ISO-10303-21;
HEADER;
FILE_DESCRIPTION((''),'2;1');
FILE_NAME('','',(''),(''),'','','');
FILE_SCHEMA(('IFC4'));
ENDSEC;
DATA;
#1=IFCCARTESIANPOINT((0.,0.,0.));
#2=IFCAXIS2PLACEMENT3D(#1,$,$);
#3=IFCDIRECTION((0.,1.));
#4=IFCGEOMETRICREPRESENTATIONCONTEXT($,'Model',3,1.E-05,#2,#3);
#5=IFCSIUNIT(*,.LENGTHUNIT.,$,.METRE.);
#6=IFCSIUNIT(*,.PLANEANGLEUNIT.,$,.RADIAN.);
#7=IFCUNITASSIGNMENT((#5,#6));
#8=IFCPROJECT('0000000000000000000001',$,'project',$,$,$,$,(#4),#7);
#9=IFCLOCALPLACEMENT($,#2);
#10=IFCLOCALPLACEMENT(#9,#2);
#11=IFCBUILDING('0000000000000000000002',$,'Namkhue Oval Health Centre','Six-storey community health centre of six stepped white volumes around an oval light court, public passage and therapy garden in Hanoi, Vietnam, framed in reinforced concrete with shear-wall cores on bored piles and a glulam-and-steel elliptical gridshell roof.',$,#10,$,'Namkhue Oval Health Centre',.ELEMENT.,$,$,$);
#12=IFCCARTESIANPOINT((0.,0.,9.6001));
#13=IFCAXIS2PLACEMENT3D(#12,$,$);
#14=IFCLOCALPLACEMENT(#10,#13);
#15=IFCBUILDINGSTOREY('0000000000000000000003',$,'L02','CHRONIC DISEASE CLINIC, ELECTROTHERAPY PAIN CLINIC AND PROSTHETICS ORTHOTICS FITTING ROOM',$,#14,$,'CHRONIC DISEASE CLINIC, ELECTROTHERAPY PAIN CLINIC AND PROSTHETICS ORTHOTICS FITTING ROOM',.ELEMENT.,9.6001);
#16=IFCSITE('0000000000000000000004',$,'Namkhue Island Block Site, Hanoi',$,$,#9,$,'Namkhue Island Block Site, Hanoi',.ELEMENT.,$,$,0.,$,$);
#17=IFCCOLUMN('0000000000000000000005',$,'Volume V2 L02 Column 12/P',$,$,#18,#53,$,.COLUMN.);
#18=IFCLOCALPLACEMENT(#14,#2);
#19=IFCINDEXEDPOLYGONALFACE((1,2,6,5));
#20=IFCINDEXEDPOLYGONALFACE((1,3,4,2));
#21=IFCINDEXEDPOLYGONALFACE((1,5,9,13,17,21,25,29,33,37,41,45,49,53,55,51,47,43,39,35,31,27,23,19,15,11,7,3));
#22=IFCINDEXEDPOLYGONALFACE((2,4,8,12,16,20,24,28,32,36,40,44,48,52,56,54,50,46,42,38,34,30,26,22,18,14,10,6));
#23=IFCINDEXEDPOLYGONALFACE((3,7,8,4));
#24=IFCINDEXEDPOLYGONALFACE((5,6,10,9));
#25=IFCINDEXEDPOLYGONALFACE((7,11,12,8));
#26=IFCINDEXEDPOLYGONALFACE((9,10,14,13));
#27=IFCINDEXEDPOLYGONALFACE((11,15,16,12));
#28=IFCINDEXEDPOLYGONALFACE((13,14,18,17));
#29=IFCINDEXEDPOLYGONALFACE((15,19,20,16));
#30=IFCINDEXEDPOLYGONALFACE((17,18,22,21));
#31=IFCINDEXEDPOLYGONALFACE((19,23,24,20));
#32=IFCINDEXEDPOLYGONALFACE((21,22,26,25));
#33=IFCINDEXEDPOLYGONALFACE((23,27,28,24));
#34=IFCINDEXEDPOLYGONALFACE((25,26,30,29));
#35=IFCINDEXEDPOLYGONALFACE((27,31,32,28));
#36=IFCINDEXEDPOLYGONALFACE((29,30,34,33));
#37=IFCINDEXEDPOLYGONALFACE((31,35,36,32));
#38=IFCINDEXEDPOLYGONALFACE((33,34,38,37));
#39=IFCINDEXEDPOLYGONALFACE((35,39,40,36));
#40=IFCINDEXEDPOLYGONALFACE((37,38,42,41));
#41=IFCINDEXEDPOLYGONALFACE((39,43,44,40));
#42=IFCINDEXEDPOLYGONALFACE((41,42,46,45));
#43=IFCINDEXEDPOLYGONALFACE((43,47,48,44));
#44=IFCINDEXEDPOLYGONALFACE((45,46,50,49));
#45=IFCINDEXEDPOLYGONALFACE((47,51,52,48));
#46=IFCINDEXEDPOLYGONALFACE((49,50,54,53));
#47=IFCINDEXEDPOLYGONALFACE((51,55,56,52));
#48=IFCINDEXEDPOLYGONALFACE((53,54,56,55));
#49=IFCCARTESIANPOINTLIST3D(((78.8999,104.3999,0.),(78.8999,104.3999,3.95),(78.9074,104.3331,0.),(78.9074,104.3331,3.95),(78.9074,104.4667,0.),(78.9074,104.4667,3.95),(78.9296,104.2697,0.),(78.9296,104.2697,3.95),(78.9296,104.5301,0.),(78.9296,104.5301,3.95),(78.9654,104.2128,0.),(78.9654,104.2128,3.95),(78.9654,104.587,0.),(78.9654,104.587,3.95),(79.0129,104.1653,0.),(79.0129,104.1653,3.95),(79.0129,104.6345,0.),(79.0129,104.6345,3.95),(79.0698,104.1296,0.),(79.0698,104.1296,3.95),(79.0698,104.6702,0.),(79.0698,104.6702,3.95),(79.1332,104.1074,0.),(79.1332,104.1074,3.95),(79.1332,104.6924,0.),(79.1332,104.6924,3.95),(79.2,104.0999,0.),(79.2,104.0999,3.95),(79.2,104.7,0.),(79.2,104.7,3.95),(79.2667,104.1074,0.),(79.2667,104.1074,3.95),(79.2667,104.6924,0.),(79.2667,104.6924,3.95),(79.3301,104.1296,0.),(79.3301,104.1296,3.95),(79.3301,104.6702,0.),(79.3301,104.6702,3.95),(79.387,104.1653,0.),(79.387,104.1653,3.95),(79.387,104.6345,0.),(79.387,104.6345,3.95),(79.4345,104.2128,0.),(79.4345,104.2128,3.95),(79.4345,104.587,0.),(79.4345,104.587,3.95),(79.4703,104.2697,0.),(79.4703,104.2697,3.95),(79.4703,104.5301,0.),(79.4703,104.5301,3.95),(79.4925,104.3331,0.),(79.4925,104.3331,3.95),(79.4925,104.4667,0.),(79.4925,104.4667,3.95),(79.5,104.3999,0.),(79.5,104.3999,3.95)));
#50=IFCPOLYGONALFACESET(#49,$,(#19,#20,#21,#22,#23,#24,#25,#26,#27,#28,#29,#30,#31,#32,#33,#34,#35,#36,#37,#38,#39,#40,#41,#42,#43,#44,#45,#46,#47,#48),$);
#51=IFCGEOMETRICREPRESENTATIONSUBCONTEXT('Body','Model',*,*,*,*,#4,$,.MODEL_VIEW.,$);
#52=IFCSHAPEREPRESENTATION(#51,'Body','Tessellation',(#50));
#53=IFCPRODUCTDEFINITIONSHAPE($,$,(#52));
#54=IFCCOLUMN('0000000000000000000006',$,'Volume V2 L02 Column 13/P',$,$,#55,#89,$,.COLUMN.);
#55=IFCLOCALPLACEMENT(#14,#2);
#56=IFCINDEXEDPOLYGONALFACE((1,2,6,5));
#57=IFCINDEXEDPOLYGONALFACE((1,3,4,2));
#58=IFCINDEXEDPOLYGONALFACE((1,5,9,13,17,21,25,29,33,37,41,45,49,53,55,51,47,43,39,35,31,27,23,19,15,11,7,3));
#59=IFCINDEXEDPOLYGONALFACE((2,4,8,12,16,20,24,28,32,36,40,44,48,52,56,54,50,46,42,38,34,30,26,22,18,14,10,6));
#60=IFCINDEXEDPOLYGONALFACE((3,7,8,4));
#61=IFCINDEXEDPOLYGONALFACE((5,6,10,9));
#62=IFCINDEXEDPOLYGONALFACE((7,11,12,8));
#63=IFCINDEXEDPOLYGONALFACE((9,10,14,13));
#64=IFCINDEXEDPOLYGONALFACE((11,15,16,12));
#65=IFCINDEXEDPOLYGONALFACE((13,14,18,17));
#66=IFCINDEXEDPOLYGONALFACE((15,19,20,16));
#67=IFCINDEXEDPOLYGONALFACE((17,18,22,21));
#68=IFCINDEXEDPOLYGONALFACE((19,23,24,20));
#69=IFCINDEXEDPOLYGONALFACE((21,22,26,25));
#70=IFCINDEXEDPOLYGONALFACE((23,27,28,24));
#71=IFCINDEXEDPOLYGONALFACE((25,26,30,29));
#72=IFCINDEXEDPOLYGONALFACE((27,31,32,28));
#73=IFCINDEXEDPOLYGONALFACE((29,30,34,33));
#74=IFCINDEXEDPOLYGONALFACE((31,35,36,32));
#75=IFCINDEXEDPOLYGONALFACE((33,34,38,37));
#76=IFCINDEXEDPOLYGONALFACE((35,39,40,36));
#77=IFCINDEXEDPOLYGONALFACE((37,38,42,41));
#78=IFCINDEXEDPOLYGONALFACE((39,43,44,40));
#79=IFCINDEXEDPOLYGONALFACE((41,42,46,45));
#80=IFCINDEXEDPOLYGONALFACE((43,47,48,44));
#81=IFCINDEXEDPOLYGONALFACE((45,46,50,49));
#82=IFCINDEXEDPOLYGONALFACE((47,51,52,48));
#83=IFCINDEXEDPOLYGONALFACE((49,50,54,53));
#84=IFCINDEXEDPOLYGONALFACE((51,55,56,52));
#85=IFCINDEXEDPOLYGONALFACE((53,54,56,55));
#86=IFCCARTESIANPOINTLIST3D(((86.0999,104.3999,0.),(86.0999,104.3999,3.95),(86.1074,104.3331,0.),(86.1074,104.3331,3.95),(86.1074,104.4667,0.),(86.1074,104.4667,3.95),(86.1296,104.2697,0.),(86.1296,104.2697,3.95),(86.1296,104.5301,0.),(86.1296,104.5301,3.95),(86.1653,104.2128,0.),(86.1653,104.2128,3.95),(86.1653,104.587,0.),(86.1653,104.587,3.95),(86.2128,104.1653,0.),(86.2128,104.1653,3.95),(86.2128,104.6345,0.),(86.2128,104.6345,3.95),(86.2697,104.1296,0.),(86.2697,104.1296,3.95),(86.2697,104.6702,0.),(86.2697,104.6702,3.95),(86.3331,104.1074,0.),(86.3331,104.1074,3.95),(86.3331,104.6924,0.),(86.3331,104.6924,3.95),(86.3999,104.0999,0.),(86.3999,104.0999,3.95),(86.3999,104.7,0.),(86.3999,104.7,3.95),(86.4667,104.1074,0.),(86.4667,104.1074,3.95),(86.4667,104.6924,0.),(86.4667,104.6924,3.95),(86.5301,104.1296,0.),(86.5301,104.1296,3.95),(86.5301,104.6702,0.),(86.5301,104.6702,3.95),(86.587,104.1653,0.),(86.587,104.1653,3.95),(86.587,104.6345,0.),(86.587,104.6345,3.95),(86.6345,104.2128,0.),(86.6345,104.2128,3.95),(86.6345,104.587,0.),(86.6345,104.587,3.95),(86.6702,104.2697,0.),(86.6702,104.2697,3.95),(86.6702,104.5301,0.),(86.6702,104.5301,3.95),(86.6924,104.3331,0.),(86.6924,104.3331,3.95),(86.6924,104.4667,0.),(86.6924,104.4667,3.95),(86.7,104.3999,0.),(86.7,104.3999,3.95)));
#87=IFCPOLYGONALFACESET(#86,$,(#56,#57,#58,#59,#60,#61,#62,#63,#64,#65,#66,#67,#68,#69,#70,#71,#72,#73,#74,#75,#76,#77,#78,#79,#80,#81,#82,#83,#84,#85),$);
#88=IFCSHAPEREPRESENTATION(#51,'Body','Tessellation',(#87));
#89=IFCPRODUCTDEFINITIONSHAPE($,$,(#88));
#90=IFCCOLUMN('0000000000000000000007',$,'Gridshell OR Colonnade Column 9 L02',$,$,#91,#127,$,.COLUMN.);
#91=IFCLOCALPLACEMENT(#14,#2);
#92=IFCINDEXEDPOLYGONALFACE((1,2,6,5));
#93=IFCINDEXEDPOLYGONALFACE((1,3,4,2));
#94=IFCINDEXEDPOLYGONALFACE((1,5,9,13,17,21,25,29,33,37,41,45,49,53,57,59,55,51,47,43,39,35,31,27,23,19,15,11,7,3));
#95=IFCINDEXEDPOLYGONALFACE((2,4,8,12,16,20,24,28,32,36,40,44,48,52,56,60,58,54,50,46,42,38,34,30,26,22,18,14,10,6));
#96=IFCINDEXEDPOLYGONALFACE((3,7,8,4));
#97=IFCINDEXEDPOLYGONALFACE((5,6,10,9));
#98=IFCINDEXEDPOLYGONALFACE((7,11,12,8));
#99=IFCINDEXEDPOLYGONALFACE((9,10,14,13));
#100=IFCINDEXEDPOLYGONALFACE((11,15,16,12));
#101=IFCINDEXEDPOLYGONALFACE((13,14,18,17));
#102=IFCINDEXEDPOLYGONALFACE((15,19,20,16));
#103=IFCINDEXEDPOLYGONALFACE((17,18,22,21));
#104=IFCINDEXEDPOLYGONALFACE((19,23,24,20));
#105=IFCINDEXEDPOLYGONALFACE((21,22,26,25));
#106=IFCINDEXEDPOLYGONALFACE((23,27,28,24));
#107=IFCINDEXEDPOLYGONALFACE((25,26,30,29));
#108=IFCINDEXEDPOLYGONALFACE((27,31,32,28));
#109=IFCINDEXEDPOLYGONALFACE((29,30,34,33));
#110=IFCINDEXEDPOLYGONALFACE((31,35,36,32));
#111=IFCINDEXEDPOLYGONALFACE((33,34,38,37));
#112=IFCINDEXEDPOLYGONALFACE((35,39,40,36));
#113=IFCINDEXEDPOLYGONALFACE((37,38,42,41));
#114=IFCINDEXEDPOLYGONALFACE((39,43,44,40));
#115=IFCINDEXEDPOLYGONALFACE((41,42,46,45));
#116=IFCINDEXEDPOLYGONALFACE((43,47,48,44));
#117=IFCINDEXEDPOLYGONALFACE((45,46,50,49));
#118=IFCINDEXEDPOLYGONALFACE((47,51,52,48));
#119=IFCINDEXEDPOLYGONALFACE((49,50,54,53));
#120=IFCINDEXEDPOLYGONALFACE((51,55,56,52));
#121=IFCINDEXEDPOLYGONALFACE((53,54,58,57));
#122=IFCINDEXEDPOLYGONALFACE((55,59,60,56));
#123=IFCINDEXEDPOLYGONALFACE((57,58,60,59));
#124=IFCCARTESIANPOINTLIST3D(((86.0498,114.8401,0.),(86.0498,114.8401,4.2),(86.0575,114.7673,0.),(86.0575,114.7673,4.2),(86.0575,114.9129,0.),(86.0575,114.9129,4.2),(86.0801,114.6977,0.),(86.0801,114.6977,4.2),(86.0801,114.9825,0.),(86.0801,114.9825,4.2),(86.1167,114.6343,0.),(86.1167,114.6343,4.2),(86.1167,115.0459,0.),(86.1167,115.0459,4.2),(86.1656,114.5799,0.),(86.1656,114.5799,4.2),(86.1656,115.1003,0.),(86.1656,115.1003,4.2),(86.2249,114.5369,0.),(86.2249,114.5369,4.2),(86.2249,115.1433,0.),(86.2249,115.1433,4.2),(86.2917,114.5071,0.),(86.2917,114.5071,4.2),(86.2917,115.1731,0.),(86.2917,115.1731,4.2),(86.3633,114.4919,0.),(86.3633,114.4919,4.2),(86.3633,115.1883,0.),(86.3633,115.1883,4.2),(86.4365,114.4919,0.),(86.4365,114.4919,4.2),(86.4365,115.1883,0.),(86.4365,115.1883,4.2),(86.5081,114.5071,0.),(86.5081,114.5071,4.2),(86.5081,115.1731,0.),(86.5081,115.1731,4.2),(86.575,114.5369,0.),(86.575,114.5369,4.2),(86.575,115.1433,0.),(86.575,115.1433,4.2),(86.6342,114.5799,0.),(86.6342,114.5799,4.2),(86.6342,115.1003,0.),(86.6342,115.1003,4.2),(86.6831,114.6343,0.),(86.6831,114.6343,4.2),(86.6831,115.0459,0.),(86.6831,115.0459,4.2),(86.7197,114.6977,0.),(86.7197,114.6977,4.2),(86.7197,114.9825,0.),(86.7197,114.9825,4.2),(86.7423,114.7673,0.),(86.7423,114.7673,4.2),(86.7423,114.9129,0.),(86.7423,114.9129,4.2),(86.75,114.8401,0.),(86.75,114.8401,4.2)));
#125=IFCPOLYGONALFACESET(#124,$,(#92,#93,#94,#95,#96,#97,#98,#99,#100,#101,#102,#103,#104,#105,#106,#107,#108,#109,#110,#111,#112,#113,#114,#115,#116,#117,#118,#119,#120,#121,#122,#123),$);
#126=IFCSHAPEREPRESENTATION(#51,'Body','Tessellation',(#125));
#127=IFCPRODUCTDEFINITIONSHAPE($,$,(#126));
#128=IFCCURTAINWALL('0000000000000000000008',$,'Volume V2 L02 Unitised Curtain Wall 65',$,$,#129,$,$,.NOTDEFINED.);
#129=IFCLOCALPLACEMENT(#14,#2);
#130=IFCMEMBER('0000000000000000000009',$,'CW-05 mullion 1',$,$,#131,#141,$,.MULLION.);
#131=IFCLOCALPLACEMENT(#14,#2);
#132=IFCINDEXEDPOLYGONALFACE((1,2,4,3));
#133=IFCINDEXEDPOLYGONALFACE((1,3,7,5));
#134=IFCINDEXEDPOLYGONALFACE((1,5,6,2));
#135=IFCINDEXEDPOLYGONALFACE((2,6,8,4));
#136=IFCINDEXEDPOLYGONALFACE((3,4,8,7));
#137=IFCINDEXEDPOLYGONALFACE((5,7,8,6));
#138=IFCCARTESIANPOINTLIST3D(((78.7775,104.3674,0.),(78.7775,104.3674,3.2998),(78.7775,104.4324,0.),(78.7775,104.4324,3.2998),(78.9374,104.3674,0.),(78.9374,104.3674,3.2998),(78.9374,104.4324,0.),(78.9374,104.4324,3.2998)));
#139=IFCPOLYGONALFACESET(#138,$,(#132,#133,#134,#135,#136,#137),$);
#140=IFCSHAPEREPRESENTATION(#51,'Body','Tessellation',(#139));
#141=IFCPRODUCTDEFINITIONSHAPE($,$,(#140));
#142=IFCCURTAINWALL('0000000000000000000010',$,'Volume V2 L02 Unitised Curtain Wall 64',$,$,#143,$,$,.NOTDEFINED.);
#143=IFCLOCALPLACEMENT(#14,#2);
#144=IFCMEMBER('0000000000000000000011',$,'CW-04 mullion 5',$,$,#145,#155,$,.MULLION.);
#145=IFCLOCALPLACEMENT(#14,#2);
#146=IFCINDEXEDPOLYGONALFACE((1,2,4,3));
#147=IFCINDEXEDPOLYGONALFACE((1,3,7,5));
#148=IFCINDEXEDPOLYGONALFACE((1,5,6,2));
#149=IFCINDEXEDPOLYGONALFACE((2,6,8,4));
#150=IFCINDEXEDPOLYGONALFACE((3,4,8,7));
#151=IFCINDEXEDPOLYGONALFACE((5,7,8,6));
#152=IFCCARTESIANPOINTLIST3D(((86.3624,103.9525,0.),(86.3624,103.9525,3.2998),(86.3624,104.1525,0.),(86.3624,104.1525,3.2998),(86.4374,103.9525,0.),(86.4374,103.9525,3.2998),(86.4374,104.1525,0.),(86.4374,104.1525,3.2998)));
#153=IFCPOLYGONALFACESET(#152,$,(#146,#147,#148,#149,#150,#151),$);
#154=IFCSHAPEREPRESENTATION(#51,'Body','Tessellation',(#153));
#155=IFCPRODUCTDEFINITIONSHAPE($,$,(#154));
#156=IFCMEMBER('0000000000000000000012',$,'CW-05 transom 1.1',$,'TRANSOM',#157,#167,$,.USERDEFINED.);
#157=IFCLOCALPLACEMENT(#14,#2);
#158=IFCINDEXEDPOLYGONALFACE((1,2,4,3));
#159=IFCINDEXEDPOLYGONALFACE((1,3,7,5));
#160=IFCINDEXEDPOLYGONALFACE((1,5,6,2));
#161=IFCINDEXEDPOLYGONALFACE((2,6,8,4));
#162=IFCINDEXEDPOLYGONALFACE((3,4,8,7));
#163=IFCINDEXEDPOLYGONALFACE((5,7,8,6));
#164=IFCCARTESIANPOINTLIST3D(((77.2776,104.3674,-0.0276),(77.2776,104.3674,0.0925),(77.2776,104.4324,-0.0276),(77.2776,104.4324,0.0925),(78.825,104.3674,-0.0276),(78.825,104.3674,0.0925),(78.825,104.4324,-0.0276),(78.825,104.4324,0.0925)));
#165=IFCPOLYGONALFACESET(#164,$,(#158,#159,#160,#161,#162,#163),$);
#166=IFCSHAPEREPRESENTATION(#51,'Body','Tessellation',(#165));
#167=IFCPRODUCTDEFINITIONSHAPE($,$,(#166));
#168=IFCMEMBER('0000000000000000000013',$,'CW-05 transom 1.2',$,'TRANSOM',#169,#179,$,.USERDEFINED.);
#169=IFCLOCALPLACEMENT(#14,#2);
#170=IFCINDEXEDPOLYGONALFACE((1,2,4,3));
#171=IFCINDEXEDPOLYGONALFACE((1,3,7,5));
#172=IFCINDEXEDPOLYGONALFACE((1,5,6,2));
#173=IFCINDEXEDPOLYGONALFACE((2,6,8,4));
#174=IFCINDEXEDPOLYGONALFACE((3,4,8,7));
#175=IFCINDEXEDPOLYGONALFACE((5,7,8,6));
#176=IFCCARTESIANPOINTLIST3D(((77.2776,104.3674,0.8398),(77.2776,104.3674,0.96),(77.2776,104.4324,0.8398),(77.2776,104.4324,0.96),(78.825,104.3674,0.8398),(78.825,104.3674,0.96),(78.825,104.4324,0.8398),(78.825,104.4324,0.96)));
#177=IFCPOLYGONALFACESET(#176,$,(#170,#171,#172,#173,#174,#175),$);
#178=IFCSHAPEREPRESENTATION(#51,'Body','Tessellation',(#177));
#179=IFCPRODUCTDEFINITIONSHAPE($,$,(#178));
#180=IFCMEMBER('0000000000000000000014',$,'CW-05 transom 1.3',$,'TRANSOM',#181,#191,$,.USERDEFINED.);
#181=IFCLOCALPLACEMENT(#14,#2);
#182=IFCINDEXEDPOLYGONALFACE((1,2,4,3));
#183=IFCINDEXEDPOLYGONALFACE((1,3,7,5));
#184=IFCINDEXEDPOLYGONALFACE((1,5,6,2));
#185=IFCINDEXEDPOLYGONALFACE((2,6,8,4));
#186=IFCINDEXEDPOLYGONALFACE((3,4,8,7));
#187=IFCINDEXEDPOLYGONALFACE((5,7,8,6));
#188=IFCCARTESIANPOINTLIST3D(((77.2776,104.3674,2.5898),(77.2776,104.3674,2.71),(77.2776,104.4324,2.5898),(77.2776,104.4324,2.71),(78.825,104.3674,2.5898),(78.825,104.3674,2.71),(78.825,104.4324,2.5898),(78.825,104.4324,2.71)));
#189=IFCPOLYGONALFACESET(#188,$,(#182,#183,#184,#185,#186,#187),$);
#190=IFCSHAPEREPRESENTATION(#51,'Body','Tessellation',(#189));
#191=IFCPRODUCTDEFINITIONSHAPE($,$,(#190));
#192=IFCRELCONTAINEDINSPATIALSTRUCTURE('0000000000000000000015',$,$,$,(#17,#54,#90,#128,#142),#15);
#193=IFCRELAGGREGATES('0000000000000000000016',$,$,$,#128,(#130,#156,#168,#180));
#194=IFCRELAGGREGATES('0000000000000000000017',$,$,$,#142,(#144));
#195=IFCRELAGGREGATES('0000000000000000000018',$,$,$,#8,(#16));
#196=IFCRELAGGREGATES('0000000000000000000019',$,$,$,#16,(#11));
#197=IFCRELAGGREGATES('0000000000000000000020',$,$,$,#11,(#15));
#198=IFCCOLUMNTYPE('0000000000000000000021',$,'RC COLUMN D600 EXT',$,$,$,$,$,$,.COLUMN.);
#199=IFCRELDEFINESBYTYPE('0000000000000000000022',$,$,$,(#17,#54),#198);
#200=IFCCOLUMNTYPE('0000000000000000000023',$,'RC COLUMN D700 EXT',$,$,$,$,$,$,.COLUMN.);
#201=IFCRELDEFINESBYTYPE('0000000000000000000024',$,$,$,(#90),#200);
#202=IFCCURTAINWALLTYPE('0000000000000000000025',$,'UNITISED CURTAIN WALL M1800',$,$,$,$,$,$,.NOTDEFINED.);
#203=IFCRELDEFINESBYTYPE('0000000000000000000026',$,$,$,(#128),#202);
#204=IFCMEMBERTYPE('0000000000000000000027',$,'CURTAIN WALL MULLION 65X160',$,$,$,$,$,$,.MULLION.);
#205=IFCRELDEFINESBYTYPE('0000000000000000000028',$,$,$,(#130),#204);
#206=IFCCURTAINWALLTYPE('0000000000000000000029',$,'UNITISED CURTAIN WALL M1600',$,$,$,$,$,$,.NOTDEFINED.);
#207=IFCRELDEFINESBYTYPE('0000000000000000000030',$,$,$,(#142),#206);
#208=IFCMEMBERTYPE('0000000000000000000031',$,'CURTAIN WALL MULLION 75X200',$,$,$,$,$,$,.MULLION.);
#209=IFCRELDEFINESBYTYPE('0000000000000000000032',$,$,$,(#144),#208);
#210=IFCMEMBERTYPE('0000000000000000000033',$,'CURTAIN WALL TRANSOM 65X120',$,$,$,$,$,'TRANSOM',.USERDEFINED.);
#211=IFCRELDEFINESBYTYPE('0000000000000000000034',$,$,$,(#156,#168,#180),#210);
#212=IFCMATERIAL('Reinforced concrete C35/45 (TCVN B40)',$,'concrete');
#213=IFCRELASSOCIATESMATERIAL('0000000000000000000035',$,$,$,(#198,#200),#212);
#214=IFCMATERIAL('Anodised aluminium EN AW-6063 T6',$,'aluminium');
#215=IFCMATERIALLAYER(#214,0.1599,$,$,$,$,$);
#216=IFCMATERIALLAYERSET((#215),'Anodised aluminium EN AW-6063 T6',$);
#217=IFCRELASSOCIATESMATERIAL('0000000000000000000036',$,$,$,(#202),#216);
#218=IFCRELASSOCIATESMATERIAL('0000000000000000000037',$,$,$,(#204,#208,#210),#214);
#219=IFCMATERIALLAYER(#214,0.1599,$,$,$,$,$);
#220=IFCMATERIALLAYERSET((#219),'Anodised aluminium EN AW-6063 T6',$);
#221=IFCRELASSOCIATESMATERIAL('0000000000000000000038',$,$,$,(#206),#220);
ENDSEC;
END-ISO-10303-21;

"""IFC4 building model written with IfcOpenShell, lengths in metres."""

from ifc_helpers import new_model, si_unit, direction, frame, origin, origin_2d, place, context, subcontext, project, spatial, rectangle, circle, extrude, material, layer, layer_set, material_profile, profile_set, type_object, element, aggregate, save


model = new_model("IFC4")

# Units and contexts
model_context = context("Model", 3, precision=1e-05, world=origin(), true_north=direction((0.0, 1.0)))
body_context = subcontext(model_context, "Body", "Model", "MODEL_VIEW")
ifc_project = project(units=[si_unit("LENGTHUNIT", "METRE"), si_unit("PLANEANGLEUNIT", "RADIAN")], contexts=[model_context])

# Site, building, storey
site_placement = place(None, origin())
site = spatial("IfcSite", under=ifc_project, at=site_placement, Name="Namkhue Island Block Site, Hanoi", LongName="Namkhue Island Block Site, Hanoi", CompositionType="ELEMENT", RefElevation=0.0)
building_placement = place(site_placement, origin())
building = spatial("IfcBuilding", under=site, at=building_placement, Name="Namkhue Oval Health Centre", Description="Six-storey community health centre of six stepped white volumes around an oval light court, public passage and therapy garden in Hanoi, Vietnam, framed in reinforced concrete with shear-wall cores on bored piles and a glulam-and-steel elliptical gridshell roof.", LongName="Namkhue Oval Health Centre", CompositionType="ELEMENT")
storey_placement = place(building_placement, frame((0.0, 0.0, 9.6001)))
storey = spatial("IfcBuildingStorey", under=building, at=storey_placement, Name="L02", Description="CHRONIC DISEASE CLINIC, ELECTROTHERAPY PAIN CLINIC AND PROSTHETICS ORTHOTICS FITTING ROOM", LongName="CHRONIC DISEASE CLINIC, ELECTROTHERAPY PAIN CLINIC AND PROSTHETICS ORTHOTICS FITTING ROOM", CompositionType="ELEMENT", Elevation=9.6001)

# Columns
ifc_material_1 = material(Name="Reinforced concrete C35/45 (TCVN B40)", Category="concrete")
ifc_material_profile_1 = material_profile(ifc_material_1, circle(Radius=0.3, at=origin_2d()), Name="RC D600")
ifc_profile_set_1 = profile_set([ifc_material_profile_1], Name="Reinforced concrete C35/45 (TCVN B40)")
column_type_1 = type_object("IfcColumnType", Name="RC COLUMN D600 EXT", PredefinedType="COLUMN", material=ifc_profile_set_1)
for number, where, z_axis, x_axis, name in (
    (1, (79.2, 104.3999, 0.0), (0.0, 0.0, 1.0), (1.0, 0.0, 0.0), "Volume V2 L02 Column 12/P"),
    (2, (86.3999, 104.3999, 0.0), (0.0, 0.0, 1.0), (1.0, 0.0, 0.0), "Volume V2 L02 Column 13/P"),
):
    element("IfcColumn", number, at=place(storey_placement, frame(where, z_axis=z_axis, x_axis=x_axis)), inside=storey, type_object=column_type_1, Name=name, PredefinedType="COLUMN", context=body_context, shape_type="SweptSolid", body=[
        extrude(circle(Radius=0.3, at=origin_2d()), origin(), (0.0, 0.0, 1.0), 3.95),
    ])
ifc_material_profile_2 = material_profile(ifc_material_1, circle(Radius=0.3501, at=origin_2d()), Name="RC D700")
ifc_profile_set_2 = profile_set([ifc_material_profile_2], Name="Reinforced concrete C35/45 (TCVN B40)")
column_type_2 = type_object("IfcColumnType", Name="RC COLUMN D700 EXT", PredefinedType="COLUMN", material=ifc_profile_set_2)
column_placement = place(storey_placement, frame((86.3999, 114.8401, 0.0), z_axis=(0.0, 0.0, 1.0), x_axis=(1.0, 0.0, 0.0)))
element("IfcColumn", 3, at=column_placement, inside=storey, type_object=column_type_2, Name="Gridshell OR Colonnade Column 9 L02", PredefinedType="COLUMN", context=body_context, shape_type="SweptSolid", body=[
    extrude(circle(Radius=0.3501, at=origin_2d()), origin(), (0.0, 0.0, 1.0), 4.2),
])

# Curtain walls, members
ifc_material_2 = material(Name="Anodised aluminium EN AW-6063 T6", Category="aluminium")
ifc_layer_1 = layer(ifc_material_2, 0.1599)
ifc_layer_set_1 = layer_set([ifc_layer_1], Name="Anodised aluminium EN AW-6063 T6")
curtain_wall_type_1 = type_object("IfcCurtainWallType", Name="UNITISED CURTAIN WALL M1800", PredefinedType="NOTDEFINED", material=ifc_layer_set_1)
curtain_wall_1_placement = place(storey_placement, origin())
curtain_wall_1 = element("IfcCurtainWall", 4, at=curtain_wall_1_placement, inside=storey, type_object=curtain_wall_type_1, Name="Volume V2 L02 Unitised Curtain Wall 65", PredefinedType="NOTDEFINED")
ifc_material_profile_3 = material_profile(ifc_material_2, rectangle(XDim=0.0649, YDim=0.1599, at=origin_2d()), Name="ALU 65x160")
ifc_profile_set_3 = profile_set([ifc_material_profile_3], Name="Anodised aluminium EN AW-6063 T6")
member_type_1 = type_object("IfcMemberType", Name="CURTAIN WALL MULLION 65X160", PredefinedType="MULLION", material=ifc_profile_set_3)
member_1_placement = place(storey_placement, frame((78.8574, 104.3999, 0.0), z_axis=(0.0, 0.0, 1.0), x_axis=(0.0, -1.0, 0.0)))
member_1 = element("IfcMember", 5, at=member_1_placement, type_object=member_type_1, Name="CW-05 mullion 1", PredefinedType="MULLION", context=body_context, shape_type="SweptSolid", body=[
    extrude(rectangle(XDim=0.0649, YDim=0.1599, at=origin_2d()), origin(), (0.0, 0.0, 1.0), 3.2998),
])
ifc_layer_2 = layer(ifc_material_2, 0.1599)
ifc_layer_set_2 = layer_set([ifc_layer_2], Name="Anodised aluminium EN AW-6063 T6")
curtain_wall_type_2 = type_object("IfcCurtainWallType", Name="UNITISED CURTAIN WALL M1600", PredefinedType="NOTDEFINED", material=ifc_layer_set_2)
curtain_wall_2_placement = place(storey_placement, origin())
curtain_wall_2 = element("IfcCurtainWall", 6, at=curtain_wall_2_placement, inside=storey, type_object=curtain_wall_type_2, Name="Volume V2 L02 Unitised Curtain Wall 64", PredefinedType="NOTDEFINED")
ifc_material_profile_4 = material_profile(ifc_material_2, rectangle(XDim=0.075, YDim=0.2, at=origin_2d()), Name="ALU 75x200")
ifc_profile_set_4 = profile_set([ifc_material_profile_4], Name="Anodised aluminium EN AW-6063 T6")
member_type_2 = type_object("IfcMemberType", Name="CURTAIN WALL MULLION 75X200", PredefinedType="MULLION", material=ifc_profile_set_4)
member_2_placement = place(storey_placement, frame((86.3999, 104.0525, 0.0), z_axis=(0.0, 0.0, 1.0), x_axis=(-1.0, 0.0, 0.0)))
member_2 = element("IfcMember", 7, at=member_2_placement, type_object=member_type_2, Name="CW-04 mullion 5", PredefinedType="MULLION", context=body_context, shape_type="SweptSolid", body=[
    extrude(rectangle(XDim=0.075, YDim=0.2, at=origin_2d()), origin(), (0.0, 0.0, 1.0), 3.2998),
])

# Members
ifc_material_profile_5 = material_profile(ifc_material_2, rectangle(XDim=0.0649, YDim=0.1201, at=origin_2d()), Name="ALU 65x120")
ifc_profile_set_5 = profile_set([ifc_material_profile_5], Name="Anodised aluminium EN AW-6063 T6")
member_type_3 = type_object("IfcMemberType", Name="CURTAIN WALL TRANSOM 65X120", ElementType="TRANSOM", PredefinedType="USERDEFINED", material=ifc_profile_set_5)
member_3_placement = place(storey_placement, frame((78.825, 104.3999, 0.0325), z_axis=(-1.0, 0.0, 0.0), x_axis=(0.0, -1.0, 0.0)))
member_3 = element("IfcMember", 8, at=member_3_placement, type_object=member_type_3, Name="CW-05 transom 1.1", ObjectType="TRANSOM", PredefinedType="USERDEFINED", context=body_context, shape_type="SweptSolid", body=[
    extrude(rectangle(XDim=0.0649, YDim=0.1201, at=origin_2d()), origin(), (0.0, 0.0, 1.0), 1.5474),
])
member_4_placement = place(storey_placement, frame((78.825, 104.3999, 0.8999), z_axis=(-1.0, 0.0, 0.0), x_axis=(0.0, -1.0, 0.0)))
member_4 = element("IfcMember", 9, at=member_4_placement, type_object=member_type_3, Name="CW-05 transom 1.2", ObjectType="TRANSOM", PredefinedType="USERDEFINED", context=body_context, shape_type="SweptSolid", body=[
    extrude(rectangle(XDim=0.0649, YDim=0.1201, at=origin_2d()), origin(), (0.0, 0.0, 1.0), 1.5474),
])
member_5_placement = place(storey_placement, frame((78.825, 104.3999, 2.6499), z_axis=(-1.0, 0.0, 0.0), x_axis=(0.0, -1.0, 0.0)))
member_5 = element("IfcMember", 10, at=member_5_placement, type_object=member_type_3, Name="CW-05 transom 1.3", ObjectType="TRANSOM", PredefinedType="USERDEFINED", context=body_context, shape_type="SweptSolid", body=[
    extrude(rectangle(XDim=0.0649, YDim=0.1201, at=origin_2d()), origin(), (0.0, 0.0, 1.0), 1.5474),
])

aggregate(curtain_wall_1, [member_1, member_3, member_4, member_5])
aggregate(curtain_wall_2, [member_2])

save(model, "model.ifc")
